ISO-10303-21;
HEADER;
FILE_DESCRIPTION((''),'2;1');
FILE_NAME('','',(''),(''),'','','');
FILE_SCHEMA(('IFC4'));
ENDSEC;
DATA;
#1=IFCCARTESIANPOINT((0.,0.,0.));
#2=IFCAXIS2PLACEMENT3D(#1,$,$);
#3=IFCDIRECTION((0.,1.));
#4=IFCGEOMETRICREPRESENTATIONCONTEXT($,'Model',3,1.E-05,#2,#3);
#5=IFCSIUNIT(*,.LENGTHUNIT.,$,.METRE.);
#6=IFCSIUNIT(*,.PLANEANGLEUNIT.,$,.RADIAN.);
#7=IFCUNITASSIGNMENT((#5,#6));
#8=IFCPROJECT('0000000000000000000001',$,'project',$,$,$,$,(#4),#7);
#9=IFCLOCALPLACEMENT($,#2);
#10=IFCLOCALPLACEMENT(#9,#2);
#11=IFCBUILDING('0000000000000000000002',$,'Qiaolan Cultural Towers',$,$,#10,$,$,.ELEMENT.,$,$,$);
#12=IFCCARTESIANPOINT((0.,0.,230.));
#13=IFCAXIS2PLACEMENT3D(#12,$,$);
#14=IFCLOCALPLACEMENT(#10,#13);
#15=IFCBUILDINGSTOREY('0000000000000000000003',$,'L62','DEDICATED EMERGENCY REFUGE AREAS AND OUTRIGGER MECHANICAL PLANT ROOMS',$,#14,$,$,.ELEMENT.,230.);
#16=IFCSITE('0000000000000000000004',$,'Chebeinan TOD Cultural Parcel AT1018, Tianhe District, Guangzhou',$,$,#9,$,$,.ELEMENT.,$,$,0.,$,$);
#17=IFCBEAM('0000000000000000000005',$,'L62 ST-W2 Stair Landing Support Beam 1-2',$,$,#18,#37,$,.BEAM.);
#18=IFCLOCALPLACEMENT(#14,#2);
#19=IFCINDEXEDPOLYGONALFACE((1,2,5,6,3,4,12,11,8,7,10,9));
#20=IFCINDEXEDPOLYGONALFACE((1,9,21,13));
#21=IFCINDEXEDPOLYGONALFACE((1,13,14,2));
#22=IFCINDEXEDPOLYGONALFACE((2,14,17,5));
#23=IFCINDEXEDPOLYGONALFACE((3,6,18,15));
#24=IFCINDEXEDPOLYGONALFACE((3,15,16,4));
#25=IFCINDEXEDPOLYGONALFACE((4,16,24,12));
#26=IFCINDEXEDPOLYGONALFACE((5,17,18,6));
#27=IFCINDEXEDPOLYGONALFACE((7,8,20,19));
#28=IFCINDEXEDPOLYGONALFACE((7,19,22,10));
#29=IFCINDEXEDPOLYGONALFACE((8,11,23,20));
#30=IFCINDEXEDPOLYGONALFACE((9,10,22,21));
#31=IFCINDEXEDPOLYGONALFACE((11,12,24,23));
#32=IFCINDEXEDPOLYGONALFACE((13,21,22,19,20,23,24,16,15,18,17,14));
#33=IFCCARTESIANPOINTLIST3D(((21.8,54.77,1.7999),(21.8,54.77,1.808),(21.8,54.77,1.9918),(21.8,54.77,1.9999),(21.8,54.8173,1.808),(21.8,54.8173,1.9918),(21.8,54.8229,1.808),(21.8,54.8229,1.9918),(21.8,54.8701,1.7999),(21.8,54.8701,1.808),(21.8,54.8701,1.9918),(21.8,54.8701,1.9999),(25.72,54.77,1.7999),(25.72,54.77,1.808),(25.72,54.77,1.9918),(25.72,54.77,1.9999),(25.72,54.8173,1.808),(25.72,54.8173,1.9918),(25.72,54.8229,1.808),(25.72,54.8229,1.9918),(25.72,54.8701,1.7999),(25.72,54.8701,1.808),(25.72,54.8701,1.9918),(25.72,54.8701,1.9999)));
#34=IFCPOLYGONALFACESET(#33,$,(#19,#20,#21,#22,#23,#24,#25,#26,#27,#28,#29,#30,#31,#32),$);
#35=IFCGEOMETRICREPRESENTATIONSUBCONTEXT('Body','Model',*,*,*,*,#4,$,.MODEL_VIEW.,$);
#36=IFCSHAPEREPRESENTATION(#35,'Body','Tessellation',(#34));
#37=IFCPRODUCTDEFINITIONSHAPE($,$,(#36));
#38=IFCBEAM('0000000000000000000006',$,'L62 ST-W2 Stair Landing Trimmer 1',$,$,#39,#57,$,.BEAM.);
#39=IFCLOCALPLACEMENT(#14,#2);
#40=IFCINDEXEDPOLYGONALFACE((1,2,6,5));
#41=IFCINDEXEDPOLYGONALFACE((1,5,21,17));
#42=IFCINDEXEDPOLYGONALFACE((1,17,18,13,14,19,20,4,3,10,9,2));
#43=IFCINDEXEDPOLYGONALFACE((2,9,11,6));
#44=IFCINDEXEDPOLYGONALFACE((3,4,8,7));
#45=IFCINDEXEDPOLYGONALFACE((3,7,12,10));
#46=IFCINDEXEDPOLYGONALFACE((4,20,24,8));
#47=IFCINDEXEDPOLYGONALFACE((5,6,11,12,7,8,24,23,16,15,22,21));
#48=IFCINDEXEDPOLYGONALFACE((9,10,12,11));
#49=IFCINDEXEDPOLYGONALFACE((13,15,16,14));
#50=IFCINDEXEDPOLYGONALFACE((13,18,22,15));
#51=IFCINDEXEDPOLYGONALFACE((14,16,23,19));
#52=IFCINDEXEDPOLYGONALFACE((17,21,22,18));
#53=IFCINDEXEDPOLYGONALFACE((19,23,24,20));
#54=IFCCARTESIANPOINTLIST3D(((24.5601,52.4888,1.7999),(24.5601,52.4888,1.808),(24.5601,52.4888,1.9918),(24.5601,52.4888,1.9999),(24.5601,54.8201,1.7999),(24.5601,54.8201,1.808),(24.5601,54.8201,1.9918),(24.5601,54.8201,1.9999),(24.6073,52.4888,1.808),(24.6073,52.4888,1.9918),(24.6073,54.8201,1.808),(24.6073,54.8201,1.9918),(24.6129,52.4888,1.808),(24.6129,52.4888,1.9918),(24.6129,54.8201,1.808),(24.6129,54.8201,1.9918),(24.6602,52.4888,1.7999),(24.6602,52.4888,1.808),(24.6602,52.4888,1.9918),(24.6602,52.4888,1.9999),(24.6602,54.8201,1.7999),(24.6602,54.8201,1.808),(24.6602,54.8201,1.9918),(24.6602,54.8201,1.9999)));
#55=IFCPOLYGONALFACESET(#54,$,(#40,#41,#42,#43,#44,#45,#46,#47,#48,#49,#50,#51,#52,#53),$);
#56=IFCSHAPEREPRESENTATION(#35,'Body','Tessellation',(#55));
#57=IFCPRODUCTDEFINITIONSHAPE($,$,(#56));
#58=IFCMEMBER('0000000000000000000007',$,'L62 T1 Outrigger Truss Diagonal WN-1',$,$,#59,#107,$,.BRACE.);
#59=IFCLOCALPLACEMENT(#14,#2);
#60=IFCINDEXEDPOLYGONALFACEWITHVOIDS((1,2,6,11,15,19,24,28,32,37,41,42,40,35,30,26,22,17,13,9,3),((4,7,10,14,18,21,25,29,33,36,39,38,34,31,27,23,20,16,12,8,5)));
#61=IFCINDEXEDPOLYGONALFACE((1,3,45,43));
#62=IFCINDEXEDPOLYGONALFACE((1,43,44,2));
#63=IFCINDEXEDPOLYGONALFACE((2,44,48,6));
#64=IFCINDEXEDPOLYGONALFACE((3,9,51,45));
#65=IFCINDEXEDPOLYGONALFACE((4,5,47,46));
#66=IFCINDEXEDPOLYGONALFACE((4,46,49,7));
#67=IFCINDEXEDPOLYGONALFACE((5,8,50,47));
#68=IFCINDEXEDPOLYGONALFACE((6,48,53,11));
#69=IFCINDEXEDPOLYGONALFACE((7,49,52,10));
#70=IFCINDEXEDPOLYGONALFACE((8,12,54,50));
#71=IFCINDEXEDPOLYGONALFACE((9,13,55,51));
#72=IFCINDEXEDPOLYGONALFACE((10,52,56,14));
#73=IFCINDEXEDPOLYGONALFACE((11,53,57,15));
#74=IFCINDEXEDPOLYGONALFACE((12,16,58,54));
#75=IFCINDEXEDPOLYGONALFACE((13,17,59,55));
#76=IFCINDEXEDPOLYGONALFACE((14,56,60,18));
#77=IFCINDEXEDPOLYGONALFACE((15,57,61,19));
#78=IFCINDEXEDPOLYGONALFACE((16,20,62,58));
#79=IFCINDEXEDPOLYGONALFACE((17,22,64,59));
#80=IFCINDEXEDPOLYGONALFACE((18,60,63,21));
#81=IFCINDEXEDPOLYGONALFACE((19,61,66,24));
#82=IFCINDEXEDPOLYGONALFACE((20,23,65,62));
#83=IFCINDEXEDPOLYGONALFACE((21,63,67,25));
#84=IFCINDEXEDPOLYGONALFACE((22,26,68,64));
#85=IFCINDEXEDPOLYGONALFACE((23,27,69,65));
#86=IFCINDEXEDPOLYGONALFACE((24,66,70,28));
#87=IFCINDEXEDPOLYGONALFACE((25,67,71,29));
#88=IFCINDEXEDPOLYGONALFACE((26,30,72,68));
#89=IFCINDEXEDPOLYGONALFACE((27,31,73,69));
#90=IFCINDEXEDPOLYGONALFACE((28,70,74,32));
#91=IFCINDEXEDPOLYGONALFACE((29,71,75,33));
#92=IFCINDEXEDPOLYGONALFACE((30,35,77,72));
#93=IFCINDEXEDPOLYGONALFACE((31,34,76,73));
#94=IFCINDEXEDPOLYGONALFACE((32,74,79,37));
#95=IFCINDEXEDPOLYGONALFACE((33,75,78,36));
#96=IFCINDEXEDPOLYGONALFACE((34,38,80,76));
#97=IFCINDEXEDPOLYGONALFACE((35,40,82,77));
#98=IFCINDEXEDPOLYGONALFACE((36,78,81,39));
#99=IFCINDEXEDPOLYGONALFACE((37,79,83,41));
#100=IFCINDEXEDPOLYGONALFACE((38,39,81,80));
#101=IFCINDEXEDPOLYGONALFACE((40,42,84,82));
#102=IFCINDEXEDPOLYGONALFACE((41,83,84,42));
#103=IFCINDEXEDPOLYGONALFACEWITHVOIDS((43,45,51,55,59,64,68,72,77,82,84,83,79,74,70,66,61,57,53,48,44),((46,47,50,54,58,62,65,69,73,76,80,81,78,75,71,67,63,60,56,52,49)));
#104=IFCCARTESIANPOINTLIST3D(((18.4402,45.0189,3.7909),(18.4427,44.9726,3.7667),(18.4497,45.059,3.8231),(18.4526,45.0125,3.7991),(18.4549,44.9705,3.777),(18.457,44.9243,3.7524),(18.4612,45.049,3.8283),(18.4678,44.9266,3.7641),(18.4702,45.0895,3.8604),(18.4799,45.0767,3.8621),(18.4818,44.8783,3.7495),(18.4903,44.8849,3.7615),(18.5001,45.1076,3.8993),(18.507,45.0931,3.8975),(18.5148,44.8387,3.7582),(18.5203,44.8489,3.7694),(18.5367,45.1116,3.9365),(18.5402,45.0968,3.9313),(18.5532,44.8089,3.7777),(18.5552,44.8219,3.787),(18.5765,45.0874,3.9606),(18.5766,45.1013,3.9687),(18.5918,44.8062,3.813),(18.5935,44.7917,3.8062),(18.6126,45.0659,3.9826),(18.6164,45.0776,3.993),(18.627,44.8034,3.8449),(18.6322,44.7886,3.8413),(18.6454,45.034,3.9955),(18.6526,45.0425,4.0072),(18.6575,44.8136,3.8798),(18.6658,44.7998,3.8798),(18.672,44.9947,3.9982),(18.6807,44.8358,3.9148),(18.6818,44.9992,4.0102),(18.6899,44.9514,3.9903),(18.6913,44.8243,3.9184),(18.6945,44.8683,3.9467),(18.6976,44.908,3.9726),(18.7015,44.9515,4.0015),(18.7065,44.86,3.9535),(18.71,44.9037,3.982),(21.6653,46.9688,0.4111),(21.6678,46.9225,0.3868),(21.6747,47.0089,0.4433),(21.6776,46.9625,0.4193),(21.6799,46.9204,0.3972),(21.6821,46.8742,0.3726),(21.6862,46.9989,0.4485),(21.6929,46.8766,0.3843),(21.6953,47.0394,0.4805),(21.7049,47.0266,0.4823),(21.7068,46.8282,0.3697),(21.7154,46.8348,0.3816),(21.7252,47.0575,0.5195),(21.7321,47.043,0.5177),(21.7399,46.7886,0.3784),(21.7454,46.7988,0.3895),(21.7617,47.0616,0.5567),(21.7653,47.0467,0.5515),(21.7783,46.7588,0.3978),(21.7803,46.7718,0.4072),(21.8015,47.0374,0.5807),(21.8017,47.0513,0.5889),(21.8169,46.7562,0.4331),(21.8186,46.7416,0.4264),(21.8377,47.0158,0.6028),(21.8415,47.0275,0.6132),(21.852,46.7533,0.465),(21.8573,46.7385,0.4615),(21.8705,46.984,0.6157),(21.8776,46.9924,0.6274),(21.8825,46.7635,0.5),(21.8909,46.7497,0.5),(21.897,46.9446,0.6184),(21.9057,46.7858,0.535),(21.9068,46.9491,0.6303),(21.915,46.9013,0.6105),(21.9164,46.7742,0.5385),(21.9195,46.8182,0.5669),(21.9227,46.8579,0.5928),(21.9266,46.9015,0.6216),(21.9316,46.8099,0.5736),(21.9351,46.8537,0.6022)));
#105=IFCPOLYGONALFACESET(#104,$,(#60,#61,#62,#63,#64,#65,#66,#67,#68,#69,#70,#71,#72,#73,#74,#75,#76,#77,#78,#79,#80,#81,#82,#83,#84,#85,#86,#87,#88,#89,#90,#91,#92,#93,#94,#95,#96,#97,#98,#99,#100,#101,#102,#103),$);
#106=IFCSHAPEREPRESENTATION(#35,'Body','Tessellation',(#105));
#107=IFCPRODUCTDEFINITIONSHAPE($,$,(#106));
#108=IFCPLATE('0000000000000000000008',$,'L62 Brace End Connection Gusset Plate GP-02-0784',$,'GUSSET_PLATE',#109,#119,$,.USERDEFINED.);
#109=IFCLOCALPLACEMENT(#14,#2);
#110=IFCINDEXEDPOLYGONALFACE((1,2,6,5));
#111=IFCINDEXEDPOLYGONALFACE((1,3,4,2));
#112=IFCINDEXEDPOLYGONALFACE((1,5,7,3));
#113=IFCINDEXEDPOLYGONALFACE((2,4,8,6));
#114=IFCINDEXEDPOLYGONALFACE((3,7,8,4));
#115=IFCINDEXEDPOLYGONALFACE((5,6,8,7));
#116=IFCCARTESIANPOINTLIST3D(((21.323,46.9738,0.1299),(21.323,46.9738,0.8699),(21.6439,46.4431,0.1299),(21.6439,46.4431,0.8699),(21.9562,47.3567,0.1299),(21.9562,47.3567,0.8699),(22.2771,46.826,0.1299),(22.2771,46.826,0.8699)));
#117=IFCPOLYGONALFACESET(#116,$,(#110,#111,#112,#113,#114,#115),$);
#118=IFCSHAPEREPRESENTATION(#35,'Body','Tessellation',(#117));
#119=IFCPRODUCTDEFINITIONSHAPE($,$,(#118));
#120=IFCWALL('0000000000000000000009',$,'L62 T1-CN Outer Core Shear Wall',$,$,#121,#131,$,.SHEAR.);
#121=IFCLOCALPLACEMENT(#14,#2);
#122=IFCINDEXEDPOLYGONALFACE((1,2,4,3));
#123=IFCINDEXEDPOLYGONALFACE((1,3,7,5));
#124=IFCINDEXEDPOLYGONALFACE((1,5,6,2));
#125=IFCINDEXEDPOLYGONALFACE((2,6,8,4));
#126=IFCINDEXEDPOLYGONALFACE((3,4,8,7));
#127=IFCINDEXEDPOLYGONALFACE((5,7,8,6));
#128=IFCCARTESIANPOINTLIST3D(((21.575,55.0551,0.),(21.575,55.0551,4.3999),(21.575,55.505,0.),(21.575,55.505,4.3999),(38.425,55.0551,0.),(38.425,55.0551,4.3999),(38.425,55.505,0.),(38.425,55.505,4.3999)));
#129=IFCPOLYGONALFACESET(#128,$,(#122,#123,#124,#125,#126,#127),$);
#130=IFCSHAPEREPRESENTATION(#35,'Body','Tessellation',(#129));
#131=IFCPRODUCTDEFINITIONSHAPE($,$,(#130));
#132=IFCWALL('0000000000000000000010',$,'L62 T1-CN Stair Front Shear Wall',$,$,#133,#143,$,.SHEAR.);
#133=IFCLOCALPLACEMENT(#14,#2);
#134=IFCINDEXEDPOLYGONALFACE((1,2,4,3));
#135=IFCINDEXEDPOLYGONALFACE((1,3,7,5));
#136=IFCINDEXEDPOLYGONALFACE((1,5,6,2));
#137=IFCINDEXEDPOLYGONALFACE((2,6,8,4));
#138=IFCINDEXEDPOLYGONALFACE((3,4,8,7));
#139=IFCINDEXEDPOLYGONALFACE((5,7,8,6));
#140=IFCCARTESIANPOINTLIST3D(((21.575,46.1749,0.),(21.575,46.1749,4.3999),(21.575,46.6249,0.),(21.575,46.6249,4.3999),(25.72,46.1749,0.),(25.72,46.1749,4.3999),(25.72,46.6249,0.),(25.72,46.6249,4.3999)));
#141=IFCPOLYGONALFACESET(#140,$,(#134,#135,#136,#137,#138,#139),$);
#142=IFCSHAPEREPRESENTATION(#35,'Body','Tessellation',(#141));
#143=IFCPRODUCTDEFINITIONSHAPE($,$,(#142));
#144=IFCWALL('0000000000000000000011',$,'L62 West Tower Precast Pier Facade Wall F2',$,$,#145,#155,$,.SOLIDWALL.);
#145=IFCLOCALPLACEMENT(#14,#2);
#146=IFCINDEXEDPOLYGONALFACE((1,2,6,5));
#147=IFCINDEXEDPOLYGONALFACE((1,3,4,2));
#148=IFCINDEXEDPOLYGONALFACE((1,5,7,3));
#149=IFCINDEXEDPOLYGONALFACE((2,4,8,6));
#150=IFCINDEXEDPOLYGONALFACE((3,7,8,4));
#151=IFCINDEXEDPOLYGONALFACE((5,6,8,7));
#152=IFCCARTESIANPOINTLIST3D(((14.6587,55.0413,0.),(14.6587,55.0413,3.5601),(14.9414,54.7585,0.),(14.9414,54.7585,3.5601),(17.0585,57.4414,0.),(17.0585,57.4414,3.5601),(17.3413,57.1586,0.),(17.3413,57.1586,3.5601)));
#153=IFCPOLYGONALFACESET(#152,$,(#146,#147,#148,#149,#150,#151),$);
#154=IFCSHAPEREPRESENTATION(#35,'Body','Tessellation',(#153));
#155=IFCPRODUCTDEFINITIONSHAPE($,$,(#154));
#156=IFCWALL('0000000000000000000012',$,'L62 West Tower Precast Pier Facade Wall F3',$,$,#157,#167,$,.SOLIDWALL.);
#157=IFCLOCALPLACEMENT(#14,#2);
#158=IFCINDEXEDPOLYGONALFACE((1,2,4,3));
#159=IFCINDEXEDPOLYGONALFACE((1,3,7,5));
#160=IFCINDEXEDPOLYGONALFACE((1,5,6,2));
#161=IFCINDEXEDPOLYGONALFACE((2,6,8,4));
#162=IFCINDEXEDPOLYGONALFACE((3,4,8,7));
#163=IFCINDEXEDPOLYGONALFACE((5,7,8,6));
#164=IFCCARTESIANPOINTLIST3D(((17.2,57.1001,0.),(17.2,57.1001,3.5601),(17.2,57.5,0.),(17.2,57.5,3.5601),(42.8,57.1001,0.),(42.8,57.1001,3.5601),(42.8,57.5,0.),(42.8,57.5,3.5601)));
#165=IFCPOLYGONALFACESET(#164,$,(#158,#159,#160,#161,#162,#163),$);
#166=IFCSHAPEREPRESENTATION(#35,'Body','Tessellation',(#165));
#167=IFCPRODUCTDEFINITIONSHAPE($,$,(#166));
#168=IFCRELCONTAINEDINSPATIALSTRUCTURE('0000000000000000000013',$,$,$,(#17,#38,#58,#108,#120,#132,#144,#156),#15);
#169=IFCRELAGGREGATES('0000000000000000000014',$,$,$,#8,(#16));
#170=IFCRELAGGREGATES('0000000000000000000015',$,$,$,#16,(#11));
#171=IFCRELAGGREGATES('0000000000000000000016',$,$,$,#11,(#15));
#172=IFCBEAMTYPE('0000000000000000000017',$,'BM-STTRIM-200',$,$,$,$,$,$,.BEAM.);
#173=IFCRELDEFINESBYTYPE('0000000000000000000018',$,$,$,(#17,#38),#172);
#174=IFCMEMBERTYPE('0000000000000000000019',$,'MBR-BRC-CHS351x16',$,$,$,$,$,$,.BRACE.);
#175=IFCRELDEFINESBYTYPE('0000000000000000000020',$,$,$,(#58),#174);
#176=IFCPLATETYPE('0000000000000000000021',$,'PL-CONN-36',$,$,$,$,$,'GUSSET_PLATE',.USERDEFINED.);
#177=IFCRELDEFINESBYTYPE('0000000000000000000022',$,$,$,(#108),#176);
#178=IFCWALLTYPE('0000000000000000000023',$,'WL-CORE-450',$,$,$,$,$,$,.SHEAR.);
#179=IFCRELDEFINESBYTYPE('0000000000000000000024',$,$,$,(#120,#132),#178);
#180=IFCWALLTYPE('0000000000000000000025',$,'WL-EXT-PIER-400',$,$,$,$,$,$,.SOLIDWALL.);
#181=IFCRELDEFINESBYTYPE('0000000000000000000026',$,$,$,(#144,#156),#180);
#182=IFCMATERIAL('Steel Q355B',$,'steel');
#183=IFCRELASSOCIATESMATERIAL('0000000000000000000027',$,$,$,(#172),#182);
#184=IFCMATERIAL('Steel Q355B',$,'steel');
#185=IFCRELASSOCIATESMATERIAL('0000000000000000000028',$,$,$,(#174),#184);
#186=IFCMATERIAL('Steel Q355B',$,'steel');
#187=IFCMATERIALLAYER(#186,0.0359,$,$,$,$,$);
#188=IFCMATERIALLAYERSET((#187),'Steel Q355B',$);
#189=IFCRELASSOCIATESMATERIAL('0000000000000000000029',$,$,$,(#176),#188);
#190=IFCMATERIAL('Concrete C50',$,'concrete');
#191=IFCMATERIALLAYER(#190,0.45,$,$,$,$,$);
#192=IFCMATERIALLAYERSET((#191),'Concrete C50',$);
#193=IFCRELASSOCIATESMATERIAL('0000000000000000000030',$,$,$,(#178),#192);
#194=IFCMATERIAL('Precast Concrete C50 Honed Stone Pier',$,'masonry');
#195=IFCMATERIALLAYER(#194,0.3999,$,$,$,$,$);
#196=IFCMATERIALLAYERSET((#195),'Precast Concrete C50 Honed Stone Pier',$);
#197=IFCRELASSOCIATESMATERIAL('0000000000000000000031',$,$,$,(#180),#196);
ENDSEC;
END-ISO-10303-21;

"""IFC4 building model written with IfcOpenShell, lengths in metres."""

from ifc_helpers import new_model, si_unit, direction, frame, frame_2d, origin, origin_2d, place, context, subcontext, project, spatial, rectangle, hollow_circle, i_section, extrude, material, layer, layer_set, material_profile, profile_set, type_object, element, save


model = new_model("IFC4")

# Units and contexts
model_context = context("Model", 3, precision=1e-05, world=origin(), true_north=direction((0.0, 1.0)))
body_context = subcontext(model_context, "Body", "Model", "MODEL_VIEW")
ifc_project = project(units=[si_unit("LENGTHUNIT", "METRE"), si_unit("PLANEANGLEUNIT", "RADIAN")], contexts=[model_context])

# Site, building, storey
site_placement = place(None, origin())
site = spatial("IfcSite", under=ifc_project, at=site_placement, Name="Chebeinan TOD Cultural Parcel AT1018, Tianhe District, Guangzhou", CompositionType="ELEMENT", RefElevation=0.0)
building_placement = place(site_placement, origin())
building = spatial("IfcBuilding", under=site, at=building_placement, Name="Qiaolan Cultural Towers", CompositionType="ELEMENT")
storey_placement = place(building_placement, frame((0.0, 0.0, 230.0)))
storey = spatial("IfcBuildingStorey", under=building, at=storey_placement, Name="L62", Description="DEDICATED EMERGENCY REFUGE AREAS AND OUTRIGGER MECHANICAL PLANT ROOMS", CompositionType="ELEMENT", Elevation=230.0)

# Beams
ifc_material_1 = material(Name="Steel Q355B", Category="steel")
ifc_material_profile_1 = material_profile(ifc_material_1, i_section(OverallWidth=0.1001, OverallDepth=0.2, WebThickness=0.0056, FlangeThickness=0.0081, at=origin_2d()), Name="HN200x100x5.5x8")
ifc_profile_set_1 = profile_set([ifc_material_profile_1], Name="Steel Q355B")
beam_type_1 = type_object("IfcBeamType", Name="BM-STTRIM-200", PredefinedType="BEAM", material=ifc_profile_set_1)
for number, where, z_axis, x_axis, name in (
    (1, (21.8, 54.8201, 1.8999), (1.0, 0.0, 0.0), (0.0, 1.0, 0.0), "L62 ST-W2 Stair Landing Support Beam 1-2"),
):
    element("IfcBeam", number, at=place(storey_placement, frame(where, z_axis=z_axis, x_axis=x_axis)), inside=storey, type_object=beam_type_1, Name=name, PredefinedType="BEAM", context=body_context, shape_type="SweptSolid", body=[
        extrude(i_section(OverallWidth=0.1001, OverallDepth=0.2, WebThickness=0.0056, FlangeThickness=0.0081, at=origin_2d()), origin(), (0.0, 0.0, 1.0), 3.9199),
    ])
beam_1_placement = place(storey_placement, frame((24.6101, 52.4888, 1.8999), z_axis=(0.0, 1.0, 0.0), x_axis=(-1.0, 0.0, 0.0)))
element("IfcBeam", 2, at=beam_1_placement, inside=storey, type_object=beam_type_1, Name="L62 ST-W2 Stair Landing Trimmer 1", PredefinedType="BEAM", context=body_context, shape_type="SweptSolid", body=[
    extrude(i_section(OverallWidth=0.1001, OverallDepth=0.2, WebThickness=0.0056, FlangeThickness=0.0081, at=origin_2d()), origin(), (0.0, 0.0, 1.0), 2.3313),
])

# Member
ifc_material_2 = material(Name="Steel Q355B", Category="steel")
ifc_material_profile_2 = material_profile(ifc_material_2, hollow_circle(Radius=0.1755, WallThickness=0.0161, at=origin_2d()), Name="CHS351x16")
ifc_profile_set_2 = profile_set([ifc_material_profile_2], Name="Steel Q355B")
member_type = type_object("IfcMemberType", Name="MBR-BRC-CHS351x16", PredefinedType="BRACE", material=ifc_profile_set_2)
member_placement = place(storey_placement, frame((21.8, 46.8999, 0.5), z_axis=(-0.637078, -0.385189, 0.667654), x_axis=(0.517398, -0.855745, 0.0)))
element("IfcMember", 3, at=member_placement, inside=storey, type_object=member_type, Name="L62 T1 Outrigger Truss Diagonal WN-1", PredefinedType="BRACE", context=body_context, shape_type="SweptSolid", body=[
    extrude(hollow_circle(Radius=0.1755, WallThickness=0.0161, at=origin_2d()), origin(), (0.0, 0.0, 1.0), 5.0623),
])

# Plate
ifc_material_3 = material(Name="Steel Q355B", Category="steel")
ifc_layer_1 = layer(ifc_material_3, 0.0359)
ifc_layer_set_1 = layer_set([ifc_layer_1], Name="Steel Q355B")
plate_type = type_object("IfcPlateType", Name="PL-CONN-36", ElementType="GUSSET_PLATE", PredefinedType="USERDEFINED", material=ifc_layer_set_1)
plate_placement = place(storey_placement, frame((21.8, 46.8999, 0.1299), z_axis=(0.0, 0.0, 1.0), x_axis=(0.855732, 0.517419, 0.0)))
element("IfcPlate", 4, at=plate_placement, inside=storey, type_object=plate_type, Name="L62 Brace End Connection Gusset Plate GP-02-0784", ObjectType="GUSSET_PLATE", PredefinedType="USERDEFINED", context=body_context, shape_type="SweptSolid", body=[
    extrude(rectangle(XDim=0.74, YDim=0.6201, at=origin_2d()), origin(), (0.0, 0.0, 1.0), 0.74),
])

# Walls
ifc_material_4 = material(Name="Concrete C50", Category="concrete")
ifc_layer_2 = layer(ifc_material_4, 0.45)
ifc_layer_set_2 = layer_set([ifc_layer_2], Name="Concrete C50")
wall_type_1 = type_object("IfcWallType", Name="WL-CORE-450", PredefinedType="SHEAR", material=ifc_layer_set_2)
wall_1_placement = place(storey_placement, frame((21.575, 55.28, 0.0), z_axis=(0.0, 0.0, 1.0), x_axis=(1.0, 0.0, 0.0)))
element("IfcWall", 5, at=wall_1_placement, inside=storey, type_object=wall_type_1, Name="L62 T1-CN Outer Core Shear Wall", PredefinedType="SHEAR", context=body_context, shape_type="SweptSolid", body=[
    extrude(rectangle(XDim=16.8501, YDim=0.45, at=frame_2d((8.425, 0.0))), origin(), (0.0, 0.0, 1.0), 4.3999),
])
wall_2_placement = place(storey_placement, frame((21.575, 46.3999, 0.0), z_axis=(0.0, 0.0, 1.0), x_axis=(1.0, 0.0, 0.0)))
element("IfcWall", 6, at=wall_2_placement, inside=storey, type_object=wall_type_1, Name="L62 T1-CN Stair Front Shear Wall", PredefinedType="SHEAR", context=body_context, shape_type="SweptSolid", body=[
    extrude(rectangle(XDim=4.145, YDim=0.45, at=frame_2d((2.0725, 0.0))), origin(), (0.0, 0.0, 1.0), 4.3999),
])
ifc_material_5 = material(Name="Precast Concrete C50 Honed Stone Pier", Category="masonry")
ifc_layer_3 = layer(ifc_material_5, 0.3999)
ifc_layer_set_3 = layer_set([ifc_layer_3], Name="Precast Concrete C50 Honed Stone Pier")
wall_type_2 = type_object("IfcWallType", Name="WL-EXT-PIER-400", PredefinedType="SOLIDWALL", material=ifc_layer_set_3)
wall_3_placement = place(storey_placement, frame((14.8, 54.8999, 0.0), z_axis=(0.0, 0.0, 1.0), x_axis=(0.707071, 0.707143, 0.0)))
element("IfcWall", 7, at=wall_3_placement, inside=storey, type_object=wall_type_2, Name="L62 West Tower Precast Pier Facade Wall F2", PredefinedType="SOLIDWALL", context=body_context, shape_type="SweptSolid", body=[
    extrude(rectangle(XDim=3.394, YDim=0.3999, at=frame_2d((1.697, 0.0))), origin(), (0.0, 0.0, 1.0), 3.5601),
])
wall_4_placement = place(storey_placement, frame((17.2, 57.3, 0.0), z_axis=(0.0, 0.0, 1.0), x_axis=(1.0, 0.0, 0.0)))
element("IfcWall", 8, at=wall_4_placement, inside=storey, type_object=wall_type_2, Name="L62 West Tower Precast Pier Facade Wall F3", PredefinedType="SOLIDWALL", context=body_context, shape_type="SweptSolid", body=[
    extrude(rectangle(XDim=25.6001, YDim=0.3999, at=frame_2d((12.8, 0.0))), origin(), (0.0, 0.0, 1.0), 3.5601),
])

save(model, "model.ifc")
